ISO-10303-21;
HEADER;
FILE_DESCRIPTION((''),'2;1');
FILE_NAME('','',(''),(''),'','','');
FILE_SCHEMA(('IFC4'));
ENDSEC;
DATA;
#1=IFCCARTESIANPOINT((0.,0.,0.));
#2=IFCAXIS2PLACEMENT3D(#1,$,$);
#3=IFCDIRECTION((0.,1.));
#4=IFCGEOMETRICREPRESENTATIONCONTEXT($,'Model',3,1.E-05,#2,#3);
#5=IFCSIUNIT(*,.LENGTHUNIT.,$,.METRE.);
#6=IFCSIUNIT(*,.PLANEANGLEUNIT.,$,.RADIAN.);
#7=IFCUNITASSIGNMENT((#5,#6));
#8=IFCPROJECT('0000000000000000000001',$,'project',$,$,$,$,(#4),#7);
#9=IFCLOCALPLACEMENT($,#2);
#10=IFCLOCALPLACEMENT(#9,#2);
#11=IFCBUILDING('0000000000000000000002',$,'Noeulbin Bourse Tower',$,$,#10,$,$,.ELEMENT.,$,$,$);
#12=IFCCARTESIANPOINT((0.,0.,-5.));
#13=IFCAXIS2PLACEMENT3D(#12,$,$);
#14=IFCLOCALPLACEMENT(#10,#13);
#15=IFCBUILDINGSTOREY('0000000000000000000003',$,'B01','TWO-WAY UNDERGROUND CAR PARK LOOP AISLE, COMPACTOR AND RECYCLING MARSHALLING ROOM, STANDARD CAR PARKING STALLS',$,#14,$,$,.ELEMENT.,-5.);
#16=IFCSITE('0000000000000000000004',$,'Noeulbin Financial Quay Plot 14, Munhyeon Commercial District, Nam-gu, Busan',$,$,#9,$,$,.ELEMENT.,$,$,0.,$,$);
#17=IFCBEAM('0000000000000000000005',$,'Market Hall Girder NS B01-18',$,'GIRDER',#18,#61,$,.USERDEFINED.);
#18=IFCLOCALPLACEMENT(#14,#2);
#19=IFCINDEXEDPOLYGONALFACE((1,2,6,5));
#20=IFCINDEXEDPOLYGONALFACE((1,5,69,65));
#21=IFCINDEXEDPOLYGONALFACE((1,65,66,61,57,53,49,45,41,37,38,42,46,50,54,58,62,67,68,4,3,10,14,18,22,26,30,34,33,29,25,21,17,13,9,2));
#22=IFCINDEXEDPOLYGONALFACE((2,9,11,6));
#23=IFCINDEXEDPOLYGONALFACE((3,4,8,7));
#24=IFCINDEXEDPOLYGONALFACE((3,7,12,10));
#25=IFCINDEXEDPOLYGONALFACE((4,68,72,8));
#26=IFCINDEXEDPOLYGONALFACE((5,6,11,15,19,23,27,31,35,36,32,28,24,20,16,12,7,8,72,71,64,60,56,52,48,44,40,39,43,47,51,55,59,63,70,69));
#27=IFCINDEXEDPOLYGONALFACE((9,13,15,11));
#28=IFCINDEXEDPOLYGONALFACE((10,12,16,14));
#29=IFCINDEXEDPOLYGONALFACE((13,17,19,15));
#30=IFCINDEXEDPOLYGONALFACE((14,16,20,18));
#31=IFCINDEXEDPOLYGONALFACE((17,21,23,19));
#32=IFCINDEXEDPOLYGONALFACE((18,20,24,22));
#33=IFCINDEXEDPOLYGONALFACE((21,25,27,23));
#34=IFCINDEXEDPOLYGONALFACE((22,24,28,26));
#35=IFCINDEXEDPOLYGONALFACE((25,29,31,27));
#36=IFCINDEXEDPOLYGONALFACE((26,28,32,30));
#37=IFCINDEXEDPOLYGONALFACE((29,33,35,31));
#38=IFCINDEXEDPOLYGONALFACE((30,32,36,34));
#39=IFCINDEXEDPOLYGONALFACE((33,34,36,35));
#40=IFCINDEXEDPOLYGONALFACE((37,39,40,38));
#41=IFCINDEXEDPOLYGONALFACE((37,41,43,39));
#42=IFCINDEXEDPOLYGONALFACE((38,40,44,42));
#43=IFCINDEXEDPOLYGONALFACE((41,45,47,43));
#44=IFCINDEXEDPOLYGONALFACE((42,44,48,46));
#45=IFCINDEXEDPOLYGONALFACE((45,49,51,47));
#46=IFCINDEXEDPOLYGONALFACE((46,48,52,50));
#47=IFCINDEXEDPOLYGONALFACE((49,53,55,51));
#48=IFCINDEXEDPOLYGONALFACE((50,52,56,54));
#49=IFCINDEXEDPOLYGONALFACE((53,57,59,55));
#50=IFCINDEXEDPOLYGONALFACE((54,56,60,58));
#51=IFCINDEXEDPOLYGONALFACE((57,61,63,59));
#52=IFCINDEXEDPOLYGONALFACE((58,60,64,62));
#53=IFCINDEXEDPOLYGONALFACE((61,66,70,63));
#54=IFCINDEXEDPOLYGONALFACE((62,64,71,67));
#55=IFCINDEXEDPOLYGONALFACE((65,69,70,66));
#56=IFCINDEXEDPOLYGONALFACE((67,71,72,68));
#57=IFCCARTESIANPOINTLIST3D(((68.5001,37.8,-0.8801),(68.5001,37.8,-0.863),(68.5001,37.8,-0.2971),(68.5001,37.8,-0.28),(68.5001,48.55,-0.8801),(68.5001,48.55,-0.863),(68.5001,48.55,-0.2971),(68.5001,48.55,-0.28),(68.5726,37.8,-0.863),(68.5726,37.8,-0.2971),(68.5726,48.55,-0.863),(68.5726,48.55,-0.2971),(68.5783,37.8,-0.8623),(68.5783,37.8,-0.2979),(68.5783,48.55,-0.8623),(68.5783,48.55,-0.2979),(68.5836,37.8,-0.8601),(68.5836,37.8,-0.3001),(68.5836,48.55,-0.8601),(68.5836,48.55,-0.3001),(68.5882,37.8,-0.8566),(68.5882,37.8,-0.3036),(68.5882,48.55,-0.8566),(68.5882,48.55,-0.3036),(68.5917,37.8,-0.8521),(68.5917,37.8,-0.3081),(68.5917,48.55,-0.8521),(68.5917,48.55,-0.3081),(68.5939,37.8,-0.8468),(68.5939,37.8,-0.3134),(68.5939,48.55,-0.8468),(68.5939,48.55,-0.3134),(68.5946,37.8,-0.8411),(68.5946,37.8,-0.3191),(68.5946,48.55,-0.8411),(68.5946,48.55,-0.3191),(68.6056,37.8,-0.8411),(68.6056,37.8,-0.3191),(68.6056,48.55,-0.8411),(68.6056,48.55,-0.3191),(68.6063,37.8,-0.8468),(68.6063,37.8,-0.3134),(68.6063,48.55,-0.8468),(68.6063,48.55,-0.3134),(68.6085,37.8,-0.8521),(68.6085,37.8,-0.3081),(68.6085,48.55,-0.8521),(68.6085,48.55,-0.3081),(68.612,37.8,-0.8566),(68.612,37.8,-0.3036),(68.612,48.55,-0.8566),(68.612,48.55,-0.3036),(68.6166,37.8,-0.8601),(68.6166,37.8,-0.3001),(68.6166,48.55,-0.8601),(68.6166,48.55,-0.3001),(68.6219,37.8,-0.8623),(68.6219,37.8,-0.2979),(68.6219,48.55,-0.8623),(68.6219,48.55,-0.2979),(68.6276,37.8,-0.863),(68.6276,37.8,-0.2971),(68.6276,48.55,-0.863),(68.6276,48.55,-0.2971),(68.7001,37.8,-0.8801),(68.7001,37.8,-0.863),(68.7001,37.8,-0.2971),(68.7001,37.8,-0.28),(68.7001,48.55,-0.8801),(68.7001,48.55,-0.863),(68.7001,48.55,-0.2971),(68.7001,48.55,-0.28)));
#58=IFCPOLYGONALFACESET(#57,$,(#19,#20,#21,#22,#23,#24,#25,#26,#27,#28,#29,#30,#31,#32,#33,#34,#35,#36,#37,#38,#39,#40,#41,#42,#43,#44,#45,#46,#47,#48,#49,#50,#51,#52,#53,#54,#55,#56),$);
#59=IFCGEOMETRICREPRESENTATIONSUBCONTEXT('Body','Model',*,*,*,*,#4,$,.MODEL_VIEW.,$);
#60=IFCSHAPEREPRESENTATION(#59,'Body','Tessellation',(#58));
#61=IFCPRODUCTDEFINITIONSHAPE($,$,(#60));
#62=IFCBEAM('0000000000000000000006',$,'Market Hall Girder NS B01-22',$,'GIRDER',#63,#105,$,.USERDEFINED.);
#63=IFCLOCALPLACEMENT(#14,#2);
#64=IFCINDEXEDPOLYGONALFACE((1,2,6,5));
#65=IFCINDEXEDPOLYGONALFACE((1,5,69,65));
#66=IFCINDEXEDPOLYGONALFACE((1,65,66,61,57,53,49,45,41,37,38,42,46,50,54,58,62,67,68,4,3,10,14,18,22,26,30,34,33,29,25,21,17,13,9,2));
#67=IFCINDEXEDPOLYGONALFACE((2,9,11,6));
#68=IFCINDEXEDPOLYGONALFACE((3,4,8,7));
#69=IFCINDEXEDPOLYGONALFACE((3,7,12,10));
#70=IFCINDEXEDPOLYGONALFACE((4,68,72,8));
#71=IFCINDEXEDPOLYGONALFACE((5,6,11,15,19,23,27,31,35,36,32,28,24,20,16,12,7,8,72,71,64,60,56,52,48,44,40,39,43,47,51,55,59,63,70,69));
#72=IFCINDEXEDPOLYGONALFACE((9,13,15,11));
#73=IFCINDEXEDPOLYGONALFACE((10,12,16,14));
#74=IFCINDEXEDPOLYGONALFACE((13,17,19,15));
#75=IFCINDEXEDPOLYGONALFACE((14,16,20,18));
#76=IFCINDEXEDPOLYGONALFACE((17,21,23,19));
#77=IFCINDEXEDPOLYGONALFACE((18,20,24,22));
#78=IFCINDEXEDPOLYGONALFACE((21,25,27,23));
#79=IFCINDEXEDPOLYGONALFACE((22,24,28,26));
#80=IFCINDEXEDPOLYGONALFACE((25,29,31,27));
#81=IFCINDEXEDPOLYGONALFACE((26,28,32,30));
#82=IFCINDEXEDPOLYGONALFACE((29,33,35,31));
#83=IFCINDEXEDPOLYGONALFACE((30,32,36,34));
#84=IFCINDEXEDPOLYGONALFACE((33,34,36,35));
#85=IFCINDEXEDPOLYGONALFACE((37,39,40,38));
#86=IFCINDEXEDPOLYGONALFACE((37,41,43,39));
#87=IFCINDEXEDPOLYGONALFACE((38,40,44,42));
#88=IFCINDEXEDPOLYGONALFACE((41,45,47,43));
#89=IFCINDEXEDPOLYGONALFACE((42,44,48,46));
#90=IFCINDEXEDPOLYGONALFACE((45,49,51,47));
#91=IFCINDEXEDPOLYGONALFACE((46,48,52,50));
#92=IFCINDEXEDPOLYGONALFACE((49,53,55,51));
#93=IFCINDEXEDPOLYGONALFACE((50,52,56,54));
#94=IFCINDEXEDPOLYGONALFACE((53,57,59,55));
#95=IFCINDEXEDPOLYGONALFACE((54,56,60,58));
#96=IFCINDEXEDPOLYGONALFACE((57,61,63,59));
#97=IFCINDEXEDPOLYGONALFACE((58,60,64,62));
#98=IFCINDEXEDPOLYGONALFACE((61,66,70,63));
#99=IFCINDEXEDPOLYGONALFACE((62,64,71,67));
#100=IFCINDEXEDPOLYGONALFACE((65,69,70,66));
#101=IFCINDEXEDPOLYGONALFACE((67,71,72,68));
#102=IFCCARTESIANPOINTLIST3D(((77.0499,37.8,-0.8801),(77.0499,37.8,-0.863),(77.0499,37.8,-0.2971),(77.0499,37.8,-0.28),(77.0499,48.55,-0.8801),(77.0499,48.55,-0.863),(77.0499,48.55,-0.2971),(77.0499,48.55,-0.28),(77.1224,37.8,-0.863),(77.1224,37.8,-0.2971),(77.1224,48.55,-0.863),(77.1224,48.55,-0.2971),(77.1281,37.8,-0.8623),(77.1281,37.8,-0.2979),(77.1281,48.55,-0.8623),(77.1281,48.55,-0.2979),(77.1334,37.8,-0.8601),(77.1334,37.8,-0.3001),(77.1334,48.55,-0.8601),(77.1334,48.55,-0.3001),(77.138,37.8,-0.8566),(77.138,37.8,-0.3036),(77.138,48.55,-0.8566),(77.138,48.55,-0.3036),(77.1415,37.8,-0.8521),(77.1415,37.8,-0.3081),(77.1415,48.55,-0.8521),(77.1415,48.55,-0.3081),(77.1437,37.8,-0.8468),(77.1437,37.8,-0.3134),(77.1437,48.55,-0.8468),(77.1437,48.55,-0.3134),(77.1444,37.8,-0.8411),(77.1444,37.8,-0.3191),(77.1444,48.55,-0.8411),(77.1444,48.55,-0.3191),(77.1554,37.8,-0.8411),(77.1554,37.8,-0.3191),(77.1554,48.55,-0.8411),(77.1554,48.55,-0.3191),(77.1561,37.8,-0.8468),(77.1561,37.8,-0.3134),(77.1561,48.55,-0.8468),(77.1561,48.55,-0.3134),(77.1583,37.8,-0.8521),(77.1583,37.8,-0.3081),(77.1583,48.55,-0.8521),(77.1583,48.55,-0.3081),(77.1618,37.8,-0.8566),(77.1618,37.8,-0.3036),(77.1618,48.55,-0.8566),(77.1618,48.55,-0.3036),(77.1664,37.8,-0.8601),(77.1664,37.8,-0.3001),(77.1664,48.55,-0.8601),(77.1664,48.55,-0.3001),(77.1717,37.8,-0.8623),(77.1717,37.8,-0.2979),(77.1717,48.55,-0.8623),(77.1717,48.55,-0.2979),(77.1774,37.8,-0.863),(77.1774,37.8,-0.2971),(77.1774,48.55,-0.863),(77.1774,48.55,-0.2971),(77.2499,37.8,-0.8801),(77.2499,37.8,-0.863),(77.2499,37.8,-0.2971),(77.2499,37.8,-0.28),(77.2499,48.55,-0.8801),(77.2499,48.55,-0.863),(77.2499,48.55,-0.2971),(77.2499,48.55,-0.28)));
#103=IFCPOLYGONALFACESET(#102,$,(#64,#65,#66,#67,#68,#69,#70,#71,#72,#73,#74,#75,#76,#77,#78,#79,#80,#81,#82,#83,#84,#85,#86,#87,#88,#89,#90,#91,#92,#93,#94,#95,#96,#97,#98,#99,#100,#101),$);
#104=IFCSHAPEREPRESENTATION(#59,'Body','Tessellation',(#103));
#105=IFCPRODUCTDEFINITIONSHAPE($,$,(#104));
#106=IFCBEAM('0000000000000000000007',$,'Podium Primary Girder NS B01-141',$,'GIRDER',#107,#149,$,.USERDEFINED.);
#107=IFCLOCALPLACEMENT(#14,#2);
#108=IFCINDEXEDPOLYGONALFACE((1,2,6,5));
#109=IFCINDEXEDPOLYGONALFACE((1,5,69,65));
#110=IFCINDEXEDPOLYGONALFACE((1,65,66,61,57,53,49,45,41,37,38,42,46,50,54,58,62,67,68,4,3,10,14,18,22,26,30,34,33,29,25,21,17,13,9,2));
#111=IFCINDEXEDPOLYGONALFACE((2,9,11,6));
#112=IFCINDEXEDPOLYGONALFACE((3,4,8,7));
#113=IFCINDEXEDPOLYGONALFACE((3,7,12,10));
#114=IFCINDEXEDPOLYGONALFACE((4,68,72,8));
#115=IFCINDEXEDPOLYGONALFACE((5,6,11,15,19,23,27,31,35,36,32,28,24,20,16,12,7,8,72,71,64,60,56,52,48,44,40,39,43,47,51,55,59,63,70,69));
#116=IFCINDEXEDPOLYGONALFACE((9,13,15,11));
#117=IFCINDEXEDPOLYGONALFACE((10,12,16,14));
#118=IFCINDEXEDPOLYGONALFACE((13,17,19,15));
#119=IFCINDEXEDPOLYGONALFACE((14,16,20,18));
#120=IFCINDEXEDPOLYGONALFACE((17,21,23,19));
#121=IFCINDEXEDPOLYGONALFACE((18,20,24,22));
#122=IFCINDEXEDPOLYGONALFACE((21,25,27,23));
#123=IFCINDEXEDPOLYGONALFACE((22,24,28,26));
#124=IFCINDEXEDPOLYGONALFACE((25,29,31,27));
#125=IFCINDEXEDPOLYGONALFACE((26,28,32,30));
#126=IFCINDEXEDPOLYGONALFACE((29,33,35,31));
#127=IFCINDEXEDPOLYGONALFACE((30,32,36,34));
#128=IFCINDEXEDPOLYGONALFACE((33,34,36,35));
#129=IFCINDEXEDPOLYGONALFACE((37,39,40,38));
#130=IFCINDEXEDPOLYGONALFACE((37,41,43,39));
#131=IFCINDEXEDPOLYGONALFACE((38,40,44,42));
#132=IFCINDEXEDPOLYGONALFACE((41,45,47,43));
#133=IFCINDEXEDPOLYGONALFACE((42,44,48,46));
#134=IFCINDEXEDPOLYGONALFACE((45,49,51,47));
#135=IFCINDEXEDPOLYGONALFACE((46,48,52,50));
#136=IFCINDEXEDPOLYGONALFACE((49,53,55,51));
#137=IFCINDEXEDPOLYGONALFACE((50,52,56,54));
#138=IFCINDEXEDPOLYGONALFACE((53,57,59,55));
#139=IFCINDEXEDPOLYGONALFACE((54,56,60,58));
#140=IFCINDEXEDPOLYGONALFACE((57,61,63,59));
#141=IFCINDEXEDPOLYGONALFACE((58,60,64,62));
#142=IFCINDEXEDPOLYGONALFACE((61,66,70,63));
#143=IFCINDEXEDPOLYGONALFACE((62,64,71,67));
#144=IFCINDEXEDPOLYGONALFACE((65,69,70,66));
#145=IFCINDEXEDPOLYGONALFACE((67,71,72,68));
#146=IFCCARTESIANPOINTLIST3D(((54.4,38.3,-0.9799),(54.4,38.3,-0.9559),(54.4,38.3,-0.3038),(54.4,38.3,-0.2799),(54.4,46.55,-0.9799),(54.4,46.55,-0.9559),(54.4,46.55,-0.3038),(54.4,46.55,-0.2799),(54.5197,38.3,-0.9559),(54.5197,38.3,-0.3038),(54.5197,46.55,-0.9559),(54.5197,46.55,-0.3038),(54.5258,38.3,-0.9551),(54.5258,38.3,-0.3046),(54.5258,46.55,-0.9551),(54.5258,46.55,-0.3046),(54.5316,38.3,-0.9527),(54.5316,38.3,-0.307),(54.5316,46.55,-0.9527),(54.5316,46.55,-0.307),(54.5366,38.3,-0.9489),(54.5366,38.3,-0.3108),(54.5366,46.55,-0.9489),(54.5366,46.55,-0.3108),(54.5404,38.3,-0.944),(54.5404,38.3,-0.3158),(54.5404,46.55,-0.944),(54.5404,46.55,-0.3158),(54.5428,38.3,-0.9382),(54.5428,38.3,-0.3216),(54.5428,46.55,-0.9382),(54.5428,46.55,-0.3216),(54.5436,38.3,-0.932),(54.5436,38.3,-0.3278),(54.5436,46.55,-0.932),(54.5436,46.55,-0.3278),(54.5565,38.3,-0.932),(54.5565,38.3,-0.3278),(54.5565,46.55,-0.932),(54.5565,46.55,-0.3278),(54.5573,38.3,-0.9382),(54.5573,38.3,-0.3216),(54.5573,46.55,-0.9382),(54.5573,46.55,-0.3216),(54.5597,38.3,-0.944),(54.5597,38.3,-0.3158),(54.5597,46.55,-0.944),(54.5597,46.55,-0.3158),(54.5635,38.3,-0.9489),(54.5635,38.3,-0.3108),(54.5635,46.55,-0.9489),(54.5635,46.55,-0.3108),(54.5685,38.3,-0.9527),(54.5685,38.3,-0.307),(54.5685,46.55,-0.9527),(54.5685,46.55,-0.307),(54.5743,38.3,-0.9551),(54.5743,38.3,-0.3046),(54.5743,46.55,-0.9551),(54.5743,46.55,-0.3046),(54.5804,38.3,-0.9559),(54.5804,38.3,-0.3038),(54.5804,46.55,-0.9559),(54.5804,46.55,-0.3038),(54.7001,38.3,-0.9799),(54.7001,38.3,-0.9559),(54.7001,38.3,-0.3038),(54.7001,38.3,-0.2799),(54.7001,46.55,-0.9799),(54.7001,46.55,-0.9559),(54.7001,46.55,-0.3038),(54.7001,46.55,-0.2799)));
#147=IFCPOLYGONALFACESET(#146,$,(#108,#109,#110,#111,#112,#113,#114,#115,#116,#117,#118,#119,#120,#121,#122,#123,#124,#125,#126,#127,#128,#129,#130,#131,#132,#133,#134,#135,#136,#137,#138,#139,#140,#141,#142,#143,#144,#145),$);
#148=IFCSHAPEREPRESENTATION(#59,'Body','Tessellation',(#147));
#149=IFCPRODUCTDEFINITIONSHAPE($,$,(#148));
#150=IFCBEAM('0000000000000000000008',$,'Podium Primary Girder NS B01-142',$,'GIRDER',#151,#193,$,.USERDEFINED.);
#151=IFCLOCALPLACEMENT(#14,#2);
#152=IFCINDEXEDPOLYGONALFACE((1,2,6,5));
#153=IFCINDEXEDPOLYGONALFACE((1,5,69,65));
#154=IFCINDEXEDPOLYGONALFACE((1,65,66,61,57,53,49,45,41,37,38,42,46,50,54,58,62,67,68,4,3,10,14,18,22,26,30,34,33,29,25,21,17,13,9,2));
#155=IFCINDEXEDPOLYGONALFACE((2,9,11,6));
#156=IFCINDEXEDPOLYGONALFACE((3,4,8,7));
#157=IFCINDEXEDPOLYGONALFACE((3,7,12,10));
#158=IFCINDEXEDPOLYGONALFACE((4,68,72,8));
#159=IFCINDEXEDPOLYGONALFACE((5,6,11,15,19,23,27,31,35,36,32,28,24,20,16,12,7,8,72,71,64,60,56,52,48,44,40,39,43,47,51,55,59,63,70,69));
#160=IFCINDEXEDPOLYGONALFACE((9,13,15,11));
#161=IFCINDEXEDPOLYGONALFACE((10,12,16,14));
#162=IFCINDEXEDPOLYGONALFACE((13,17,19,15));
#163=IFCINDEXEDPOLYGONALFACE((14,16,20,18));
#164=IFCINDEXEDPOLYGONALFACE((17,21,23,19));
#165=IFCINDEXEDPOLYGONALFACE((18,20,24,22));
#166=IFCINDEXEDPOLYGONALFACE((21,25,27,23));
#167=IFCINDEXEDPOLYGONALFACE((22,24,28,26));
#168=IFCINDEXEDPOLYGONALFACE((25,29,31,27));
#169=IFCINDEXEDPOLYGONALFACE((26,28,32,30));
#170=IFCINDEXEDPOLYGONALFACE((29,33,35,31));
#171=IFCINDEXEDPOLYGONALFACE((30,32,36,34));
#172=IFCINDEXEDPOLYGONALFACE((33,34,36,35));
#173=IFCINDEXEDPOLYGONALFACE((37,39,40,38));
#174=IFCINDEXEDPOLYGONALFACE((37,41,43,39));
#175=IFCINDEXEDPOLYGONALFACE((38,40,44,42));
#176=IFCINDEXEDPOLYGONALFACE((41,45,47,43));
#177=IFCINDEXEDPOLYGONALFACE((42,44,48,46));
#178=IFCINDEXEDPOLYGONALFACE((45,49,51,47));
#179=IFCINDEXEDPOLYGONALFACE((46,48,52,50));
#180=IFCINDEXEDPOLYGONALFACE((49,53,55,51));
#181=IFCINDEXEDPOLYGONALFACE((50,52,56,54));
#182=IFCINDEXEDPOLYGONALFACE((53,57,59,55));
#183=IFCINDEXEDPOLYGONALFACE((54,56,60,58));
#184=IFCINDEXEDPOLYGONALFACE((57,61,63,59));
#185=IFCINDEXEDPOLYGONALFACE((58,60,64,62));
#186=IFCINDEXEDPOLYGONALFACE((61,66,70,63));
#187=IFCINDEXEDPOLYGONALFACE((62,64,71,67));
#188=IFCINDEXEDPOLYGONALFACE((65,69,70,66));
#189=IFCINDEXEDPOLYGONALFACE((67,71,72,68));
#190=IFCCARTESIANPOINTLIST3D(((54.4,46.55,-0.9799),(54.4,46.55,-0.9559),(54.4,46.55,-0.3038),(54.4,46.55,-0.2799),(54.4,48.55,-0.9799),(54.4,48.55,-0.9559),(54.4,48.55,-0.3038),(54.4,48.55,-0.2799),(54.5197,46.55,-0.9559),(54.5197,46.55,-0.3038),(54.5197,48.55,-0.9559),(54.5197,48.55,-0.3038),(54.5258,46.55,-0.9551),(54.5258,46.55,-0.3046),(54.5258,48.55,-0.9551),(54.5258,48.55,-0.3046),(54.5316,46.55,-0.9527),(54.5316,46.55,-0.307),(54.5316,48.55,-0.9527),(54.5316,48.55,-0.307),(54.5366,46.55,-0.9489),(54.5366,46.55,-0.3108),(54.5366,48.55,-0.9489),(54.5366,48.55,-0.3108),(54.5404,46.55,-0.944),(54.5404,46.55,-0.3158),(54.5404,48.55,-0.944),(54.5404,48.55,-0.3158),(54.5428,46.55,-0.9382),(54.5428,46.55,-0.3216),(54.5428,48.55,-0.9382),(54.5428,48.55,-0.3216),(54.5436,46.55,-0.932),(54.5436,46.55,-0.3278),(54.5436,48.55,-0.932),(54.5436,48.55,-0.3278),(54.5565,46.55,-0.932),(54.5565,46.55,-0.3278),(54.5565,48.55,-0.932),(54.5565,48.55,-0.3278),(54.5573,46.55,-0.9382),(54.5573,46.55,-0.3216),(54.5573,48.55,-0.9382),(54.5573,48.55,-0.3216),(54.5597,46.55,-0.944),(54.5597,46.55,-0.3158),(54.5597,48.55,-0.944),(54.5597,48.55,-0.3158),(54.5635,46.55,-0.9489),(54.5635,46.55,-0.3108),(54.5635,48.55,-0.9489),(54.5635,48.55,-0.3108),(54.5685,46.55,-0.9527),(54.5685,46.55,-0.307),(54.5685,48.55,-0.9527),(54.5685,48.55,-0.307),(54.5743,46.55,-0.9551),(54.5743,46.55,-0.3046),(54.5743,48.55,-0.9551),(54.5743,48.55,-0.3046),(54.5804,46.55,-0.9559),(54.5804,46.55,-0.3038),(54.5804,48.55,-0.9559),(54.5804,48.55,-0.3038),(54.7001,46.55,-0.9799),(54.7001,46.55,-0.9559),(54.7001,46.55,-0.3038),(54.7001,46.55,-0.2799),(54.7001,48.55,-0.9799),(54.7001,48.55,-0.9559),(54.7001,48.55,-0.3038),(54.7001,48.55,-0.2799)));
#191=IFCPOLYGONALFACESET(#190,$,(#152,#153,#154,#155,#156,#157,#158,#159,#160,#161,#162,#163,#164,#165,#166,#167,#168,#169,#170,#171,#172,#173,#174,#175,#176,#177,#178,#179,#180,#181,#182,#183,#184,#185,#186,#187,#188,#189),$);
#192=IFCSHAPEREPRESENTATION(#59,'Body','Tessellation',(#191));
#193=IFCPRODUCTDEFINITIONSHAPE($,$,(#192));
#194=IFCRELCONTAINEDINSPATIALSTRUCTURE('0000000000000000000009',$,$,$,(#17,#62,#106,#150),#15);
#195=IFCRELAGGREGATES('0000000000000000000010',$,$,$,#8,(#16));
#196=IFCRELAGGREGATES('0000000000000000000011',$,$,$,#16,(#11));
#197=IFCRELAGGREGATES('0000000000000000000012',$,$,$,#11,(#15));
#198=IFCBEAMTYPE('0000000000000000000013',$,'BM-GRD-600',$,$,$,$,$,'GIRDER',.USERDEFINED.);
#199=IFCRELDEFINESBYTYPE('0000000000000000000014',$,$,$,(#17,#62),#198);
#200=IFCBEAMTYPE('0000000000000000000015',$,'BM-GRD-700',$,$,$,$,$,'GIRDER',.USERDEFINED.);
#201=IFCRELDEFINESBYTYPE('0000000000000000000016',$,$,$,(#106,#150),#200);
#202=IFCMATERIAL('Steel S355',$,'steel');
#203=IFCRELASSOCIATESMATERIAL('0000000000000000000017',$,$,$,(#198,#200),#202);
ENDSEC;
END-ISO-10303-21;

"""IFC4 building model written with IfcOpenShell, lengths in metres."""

from ifc_helpers import new_model, si_unit, direction, frame, origin, origin_2d, place, context, subcontext, project, spatial, i_section, extrude, material, material_profile, profile_set, type_object, element, save


model = new_model("IFC4")

# Units and contexts
model_context = context("Model", 3, precision=1e-05, world=origin(), true_north=direction((0.0, 1.0)))
body_context = subcontext(model_context, "Body", "Model", "MODEL_VIEW")
ifc_project = project(units=[si_unit("LENGTHUNIT", "METRE"), si_unit("PLANEANGLEUNIT", "RADIAN")], contexts=[model_context])

# Site, building, storey
site_placement = place(None, origin())
site = spatial("IfcSite", under=ifc_project, at=site_placement, Name="Noeulbin Financial Quay Plot 14, Munhyeon Commercial District, Nam-gu, Busan", CompositionType="ELEMENT", RefElevation=0.0)
building_placement = place(site_placement, origin())
building = spatial("IfcBuilding", under=site, at=building_placement, Name="Noeulbin Bourse Tower", CompositionType="ELEMENT")
storey_placement = place(building_placement, frame((0.0, 0.0, -5.0)))
storey = spatial("IfcBuildingStorey", under=building, at=storey_placement, Name="B01", Description="TWO-WAY UNDERGROUND CAR PARK LOOP AISLE, COMPACTOR AND RECYCLING MARSHALLING ROOM, STANDARD CAR PARKING STALLS", CompositionType="ELEMENT", Elevation=-5.0)

# Beams
ifc_material_1 = material(Name="Steel S355", Category="steel")
ifc_material_profile_1 = material_profile(ifc_material_1, i_section(OverallWidth=0.2, OverallDepth=0.6001, WebThickness=0.011, FlangeThickness=0.0171, FilletRadius=0.022, at=origin_2d()), Name="H-600x200x11x17", Category="LoadBearing")
ifc_profile_set_1 = profile_set([ifc_material_profile_1], Name="Steel S355")
beam_type_1 = type_object("IfcBeamType", Name="BM-GRD-600", ElementType="GIRDER", PredefinedType="USERDEFINED", material=ifc_profile_set_1)
for number, where, z_axis, x_axis, name in (
    (1, (68.6001, 37.8, -0.5801), (0.0, 1.0, 0.0), (-1.0, 0.0, 0.0), "Market Hall Girder NS B01-18"),
    (2, (77.1499, 37.8, -0.5801), (0.0, 1.0, 0.0), (-1.0, 0.0, 0.0), "Market Hall Girder NS B01-22"),
):
    element("IfcBeam", number, at=place(storey_placement, frame(where, z_axis=z_axis, x_axis=x_axis)), inside=storey, type_object=beam_type_1, Name=name, ObjectType="GIRDER", PredefinedType="USERDEFINED", context=body_context, shape_type="SweptSolid", body=[
        extrude(i_section(OverallWidth=0.2, OverallDepth=0.6001, WebThickness=0.011, FlangeThickness=0.0171, FilletRadius=0.022, at=origin_2d()), origin(), (0.0, 0.0, 1.0), 10.75),
    ])
ifc_material_profile_2 = material_profile(ifc_material_1, i_section(OverallWidth=0.3, OverallDepth=0.7, WebThickness=0.0129, FlangeThickness=0.0239, FilletRadius=0.0239, at=origin_2d()), Name="H-700x300x13x24", Category="LoadBearing")
ifc_profile_set_2 = profile_set([ifc_material_profile_2], Name="Steel S355")
beam_type_2 = type_object("IfcBeamType", Name="BM-GRD-700", ElementType="GIRDER", PredefinedType="USERDEFINED", material=ifc_profile_set_2)
beam_1_placement = place(storey_placement, frame((54.55, 38.3, -0.6299), z_axis=(0.0, 1.0, 0.0), x_axis=(-1.0, 0.0, 0.0)))
element("IfcBeam", 3, at=beam_1_placement, inside=storey, type_object=beam_type_2, Name="Podium Primary Girder NS B01-141", ObjectType="GIRDER", PredefinedType="USERDEFINED", context=body_context, shape_type="SweptSolid", body=[
    extrude(i_section(OverallWidth=0.3, OverallDepth=0.7, WebThickness=0.0129, FlangeThickness=0.0239, FilletRadius=0.0239, at=origin_2d()), origin(), (0.0, 0.0, 1.0), 8.25),
])
beam_2_placement = place(storey_placement, frame((54.55, 46.55, -0.6299), z_axis=(0.0, 1.0, 0.0), x_axis=(-1.0, 0.0, 0.0)))
element("IfcBeam", 4, at=beam_2_placement, inside=storey, type_object=beam_type_2, Name="Podium Primary Girder NS B01-142", ObjectType="GIRDER", PredefinedType="USERDEFINED", context=body_context, shape_type="SweptSolid", body=[
    extrude(i_section(OverallWidth=0.3, OverallDepth=0.7, WebThickness=0.0129, FlangeThickness=0.0239, FilletRadius=0.0239, at=origin_2d()), origin(), (0.0, 0.0, 1.0), 2.0),
])

save(model, "model.ifc")
